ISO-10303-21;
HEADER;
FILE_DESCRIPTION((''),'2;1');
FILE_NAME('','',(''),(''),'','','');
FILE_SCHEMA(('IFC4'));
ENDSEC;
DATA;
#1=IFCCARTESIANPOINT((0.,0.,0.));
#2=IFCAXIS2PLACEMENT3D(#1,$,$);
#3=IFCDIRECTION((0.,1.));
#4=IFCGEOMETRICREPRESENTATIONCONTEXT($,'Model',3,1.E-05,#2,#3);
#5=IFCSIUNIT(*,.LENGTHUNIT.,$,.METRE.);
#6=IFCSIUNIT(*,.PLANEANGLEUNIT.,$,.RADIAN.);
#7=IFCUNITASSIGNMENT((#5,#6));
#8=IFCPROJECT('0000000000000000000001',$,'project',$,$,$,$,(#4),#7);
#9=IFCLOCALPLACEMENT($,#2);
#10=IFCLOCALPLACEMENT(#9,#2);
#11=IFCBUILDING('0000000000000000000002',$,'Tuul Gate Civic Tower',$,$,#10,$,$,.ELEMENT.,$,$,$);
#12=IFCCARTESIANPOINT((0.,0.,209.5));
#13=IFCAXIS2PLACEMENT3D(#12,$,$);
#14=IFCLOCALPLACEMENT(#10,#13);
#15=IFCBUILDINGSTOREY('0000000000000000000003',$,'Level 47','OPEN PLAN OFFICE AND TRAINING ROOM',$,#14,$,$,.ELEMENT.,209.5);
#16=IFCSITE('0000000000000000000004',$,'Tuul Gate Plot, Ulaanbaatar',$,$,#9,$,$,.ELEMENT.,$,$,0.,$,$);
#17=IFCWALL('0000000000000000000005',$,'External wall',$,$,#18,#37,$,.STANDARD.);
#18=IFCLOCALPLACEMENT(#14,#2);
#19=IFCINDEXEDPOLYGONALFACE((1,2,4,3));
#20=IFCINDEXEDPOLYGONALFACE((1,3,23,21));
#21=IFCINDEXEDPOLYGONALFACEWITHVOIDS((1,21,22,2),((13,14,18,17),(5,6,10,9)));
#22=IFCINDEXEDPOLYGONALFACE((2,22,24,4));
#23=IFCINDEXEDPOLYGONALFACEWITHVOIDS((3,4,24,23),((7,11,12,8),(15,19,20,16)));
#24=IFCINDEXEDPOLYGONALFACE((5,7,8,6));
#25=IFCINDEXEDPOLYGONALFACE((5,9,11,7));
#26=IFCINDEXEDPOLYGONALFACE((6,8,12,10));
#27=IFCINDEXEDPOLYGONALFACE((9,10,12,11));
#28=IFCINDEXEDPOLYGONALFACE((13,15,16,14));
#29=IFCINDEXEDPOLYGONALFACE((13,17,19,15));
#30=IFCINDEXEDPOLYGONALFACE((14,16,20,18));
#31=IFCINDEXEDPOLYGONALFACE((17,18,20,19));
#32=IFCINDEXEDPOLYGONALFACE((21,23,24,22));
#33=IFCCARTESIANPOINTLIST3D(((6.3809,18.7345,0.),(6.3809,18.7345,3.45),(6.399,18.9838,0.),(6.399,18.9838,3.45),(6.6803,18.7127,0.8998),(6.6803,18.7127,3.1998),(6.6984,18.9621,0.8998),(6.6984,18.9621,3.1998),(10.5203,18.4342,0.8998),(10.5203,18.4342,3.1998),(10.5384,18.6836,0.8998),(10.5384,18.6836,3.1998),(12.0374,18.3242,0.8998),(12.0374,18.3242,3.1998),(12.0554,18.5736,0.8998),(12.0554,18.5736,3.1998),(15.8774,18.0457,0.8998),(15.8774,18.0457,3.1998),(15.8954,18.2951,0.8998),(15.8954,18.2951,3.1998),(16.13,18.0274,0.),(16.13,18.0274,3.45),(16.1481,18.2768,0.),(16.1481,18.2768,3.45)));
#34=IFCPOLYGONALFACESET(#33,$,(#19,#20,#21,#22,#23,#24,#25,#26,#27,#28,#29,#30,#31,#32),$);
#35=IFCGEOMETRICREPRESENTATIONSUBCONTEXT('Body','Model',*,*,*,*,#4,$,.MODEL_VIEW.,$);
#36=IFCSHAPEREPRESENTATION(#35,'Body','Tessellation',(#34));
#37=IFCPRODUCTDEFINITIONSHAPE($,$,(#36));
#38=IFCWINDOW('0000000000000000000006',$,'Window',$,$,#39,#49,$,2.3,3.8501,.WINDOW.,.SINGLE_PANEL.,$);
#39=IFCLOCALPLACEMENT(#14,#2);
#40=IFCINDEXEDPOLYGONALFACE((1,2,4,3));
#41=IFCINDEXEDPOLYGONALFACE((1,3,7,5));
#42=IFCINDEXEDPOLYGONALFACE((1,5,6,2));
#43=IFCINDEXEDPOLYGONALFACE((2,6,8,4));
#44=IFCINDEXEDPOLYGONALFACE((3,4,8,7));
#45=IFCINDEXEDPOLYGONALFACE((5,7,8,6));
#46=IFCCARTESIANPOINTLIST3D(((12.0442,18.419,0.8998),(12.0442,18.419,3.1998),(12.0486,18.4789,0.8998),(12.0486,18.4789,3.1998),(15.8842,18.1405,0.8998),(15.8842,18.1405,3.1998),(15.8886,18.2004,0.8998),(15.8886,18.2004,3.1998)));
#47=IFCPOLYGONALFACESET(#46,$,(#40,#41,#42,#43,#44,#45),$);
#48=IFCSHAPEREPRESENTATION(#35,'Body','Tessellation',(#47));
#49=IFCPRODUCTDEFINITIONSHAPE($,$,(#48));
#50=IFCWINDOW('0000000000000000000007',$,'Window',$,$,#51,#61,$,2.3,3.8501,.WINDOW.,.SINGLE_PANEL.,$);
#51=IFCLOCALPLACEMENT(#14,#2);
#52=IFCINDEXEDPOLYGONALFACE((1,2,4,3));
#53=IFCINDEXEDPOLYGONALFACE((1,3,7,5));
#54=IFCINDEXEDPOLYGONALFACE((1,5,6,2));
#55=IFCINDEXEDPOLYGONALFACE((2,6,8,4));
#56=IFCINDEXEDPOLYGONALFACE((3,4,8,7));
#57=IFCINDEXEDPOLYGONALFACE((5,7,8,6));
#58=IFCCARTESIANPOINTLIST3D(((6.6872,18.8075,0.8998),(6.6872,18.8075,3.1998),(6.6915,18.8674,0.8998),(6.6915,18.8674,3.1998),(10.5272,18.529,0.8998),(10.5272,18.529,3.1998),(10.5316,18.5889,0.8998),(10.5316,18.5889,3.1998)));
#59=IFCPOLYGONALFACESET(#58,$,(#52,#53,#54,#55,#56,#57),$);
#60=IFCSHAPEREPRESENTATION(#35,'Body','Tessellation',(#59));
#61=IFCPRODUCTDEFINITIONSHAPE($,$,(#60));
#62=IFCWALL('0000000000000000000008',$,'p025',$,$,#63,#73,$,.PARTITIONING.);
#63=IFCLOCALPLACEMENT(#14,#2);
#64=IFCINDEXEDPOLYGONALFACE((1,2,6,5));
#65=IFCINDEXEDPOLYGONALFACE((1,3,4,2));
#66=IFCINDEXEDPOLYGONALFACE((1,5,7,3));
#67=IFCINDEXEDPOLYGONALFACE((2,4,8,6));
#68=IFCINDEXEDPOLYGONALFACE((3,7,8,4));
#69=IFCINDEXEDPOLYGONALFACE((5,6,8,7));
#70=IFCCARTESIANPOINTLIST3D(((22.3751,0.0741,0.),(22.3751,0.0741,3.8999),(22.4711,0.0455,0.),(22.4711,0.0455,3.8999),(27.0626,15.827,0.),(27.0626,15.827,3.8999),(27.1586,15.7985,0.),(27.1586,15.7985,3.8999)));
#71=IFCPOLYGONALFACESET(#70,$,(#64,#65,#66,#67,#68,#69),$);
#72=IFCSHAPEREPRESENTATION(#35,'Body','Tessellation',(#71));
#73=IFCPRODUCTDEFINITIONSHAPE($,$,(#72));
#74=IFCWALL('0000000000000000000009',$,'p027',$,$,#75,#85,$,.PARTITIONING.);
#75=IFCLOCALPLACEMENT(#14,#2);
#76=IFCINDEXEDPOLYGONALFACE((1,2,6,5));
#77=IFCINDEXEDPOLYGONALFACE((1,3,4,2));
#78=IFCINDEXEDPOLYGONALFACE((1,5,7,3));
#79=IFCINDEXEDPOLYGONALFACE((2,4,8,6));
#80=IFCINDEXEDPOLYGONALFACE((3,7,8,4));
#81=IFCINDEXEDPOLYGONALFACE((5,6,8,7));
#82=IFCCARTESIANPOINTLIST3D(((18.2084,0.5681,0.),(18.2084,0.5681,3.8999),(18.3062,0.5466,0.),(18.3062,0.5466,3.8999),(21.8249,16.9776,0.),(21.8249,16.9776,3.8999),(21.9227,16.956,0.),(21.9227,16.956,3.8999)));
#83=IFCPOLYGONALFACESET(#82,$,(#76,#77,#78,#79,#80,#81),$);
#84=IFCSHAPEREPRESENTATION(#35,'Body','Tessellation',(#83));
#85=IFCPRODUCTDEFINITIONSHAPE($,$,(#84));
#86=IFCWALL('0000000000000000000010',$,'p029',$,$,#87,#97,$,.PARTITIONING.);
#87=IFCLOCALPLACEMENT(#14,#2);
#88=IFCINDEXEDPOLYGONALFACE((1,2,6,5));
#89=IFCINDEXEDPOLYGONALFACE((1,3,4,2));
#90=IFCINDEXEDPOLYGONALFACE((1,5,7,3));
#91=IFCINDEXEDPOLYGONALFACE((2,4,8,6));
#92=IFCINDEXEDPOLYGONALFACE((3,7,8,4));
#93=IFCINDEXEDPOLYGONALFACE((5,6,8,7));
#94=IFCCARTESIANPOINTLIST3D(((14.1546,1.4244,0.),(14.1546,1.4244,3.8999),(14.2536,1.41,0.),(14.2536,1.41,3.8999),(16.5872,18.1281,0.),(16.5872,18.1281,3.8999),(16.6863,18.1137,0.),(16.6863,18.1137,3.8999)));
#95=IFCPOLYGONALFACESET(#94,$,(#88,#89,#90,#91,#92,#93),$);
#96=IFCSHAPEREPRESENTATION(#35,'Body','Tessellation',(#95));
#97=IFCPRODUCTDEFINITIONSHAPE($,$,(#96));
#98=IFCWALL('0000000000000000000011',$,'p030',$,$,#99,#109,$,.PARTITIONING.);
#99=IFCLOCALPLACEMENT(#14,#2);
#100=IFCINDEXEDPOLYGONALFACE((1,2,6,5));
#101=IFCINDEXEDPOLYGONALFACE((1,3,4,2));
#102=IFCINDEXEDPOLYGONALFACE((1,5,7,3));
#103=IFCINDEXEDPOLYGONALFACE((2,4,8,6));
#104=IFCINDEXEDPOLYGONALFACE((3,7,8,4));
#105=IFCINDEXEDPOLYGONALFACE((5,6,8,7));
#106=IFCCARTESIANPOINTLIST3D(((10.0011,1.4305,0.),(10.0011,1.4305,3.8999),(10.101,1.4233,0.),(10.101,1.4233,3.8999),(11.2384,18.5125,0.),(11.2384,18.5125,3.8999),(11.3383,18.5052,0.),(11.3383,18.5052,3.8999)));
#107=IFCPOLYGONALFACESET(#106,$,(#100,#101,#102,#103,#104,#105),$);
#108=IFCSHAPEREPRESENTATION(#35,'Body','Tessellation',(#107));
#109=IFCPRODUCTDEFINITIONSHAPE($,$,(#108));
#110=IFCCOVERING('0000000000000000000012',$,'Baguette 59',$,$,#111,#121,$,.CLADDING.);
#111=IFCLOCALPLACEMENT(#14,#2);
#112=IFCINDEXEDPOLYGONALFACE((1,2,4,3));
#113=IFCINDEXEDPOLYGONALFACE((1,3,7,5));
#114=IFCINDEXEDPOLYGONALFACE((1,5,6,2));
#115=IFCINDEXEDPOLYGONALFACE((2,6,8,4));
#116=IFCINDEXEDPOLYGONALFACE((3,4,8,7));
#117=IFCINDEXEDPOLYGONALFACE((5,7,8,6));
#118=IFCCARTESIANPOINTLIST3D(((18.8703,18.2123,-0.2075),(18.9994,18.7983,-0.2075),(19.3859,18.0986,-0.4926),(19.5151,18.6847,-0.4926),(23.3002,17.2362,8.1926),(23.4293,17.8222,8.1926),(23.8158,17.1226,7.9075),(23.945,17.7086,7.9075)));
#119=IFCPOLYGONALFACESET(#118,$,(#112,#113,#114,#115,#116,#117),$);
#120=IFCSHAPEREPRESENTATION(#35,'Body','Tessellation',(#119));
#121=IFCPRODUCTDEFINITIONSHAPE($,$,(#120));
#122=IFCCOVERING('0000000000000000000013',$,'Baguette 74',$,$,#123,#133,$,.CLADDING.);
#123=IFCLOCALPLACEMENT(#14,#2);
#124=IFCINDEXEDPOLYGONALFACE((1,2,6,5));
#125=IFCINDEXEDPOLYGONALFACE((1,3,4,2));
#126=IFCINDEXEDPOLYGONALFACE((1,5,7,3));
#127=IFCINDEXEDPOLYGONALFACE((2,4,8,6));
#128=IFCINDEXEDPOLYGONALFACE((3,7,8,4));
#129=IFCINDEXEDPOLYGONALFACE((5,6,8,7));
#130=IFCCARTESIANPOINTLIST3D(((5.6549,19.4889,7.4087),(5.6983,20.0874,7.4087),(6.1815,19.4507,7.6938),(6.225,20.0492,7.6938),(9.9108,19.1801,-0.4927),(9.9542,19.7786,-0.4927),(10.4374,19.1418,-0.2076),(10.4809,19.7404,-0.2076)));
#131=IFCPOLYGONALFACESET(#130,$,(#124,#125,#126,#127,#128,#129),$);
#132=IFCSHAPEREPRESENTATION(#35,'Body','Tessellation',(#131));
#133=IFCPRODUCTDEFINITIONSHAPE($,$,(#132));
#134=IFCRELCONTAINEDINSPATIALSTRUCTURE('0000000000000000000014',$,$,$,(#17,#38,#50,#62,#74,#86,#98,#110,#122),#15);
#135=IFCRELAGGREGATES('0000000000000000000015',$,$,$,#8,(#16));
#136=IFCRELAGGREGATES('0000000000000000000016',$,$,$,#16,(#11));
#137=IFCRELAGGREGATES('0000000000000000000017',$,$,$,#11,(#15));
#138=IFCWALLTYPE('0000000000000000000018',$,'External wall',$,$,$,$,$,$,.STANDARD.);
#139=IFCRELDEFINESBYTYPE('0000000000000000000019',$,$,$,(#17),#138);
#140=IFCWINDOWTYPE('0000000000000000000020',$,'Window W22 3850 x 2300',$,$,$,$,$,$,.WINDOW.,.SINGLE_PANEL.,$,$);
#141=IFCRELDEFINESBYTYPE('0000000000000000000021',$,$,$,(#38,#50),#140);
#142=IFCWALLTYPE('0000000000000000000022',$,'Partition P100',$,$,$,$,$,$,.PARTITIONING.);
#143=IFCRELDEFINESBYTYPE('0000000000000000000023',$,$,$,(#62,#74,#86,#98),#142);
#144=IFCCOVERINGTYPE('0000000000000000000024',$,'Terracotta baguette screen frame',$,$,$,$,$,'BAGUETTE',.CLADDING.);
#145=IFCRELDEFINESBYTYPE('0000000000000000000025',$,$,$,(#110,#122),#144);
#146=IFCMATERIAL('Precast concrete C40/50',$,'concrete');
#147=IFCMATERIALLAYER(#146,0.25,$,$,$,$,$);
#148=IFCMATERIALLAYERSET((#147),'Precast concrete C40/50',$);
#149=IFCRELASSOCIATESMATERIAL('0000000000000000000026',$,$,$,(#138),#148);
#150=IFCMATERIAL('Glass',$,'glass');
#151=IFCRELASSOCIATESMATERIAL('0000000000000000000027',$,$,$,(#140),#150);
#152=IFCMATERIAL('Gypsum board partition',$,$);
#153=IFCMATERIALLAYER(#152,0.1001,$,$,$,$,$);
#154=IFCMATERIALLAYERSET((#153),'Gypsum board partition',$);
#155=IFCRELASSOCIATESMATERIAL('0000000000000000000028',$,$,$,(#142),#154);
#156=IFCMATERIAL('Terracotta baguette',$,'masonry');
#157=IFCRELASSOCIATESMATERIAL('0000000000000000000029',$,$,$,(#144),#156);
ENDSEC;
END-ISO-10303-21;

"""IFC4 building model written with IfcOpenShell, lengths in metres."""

from ifc_helpers import new_model, si_unit, direction, frame, frame_2d, origin, origin_2d, place, context, subcontext, project, spatial, rectangle, extrude, material, layer, layer_set, material_profile, profile_set, type_object, element, fill, save


model = new_model("IFC4")

# Units and contexts
model_context = context("Model", 3, precision=1e-05, world=origin(), true_north=direction((0.0, 1.0)))
body_context = subcontext(model_context, "Body", "Model", "MODEL_VIEW")
ifc_project = project(units=[si_unit("LENGTHUNIT", "METRE"), si_unit("PLANEANGLEUNIT", "RADIAN")], contexts=[model_context])

# Site, building, storey
site_placement = place(None, origin())
site = spatial("IfcSite", under=ifc_project, at=site_placement, Name="Tuul Gate Plot, Ulaanbaatar", CompositionType="ELEMENT", RefElevation=0.0)
building_placement = place(site_placement, origin())
building = spatial("IfcBuilding", under=site, at=building_placement, Name="Tuul Gate Civic Tower", CompositionType="ELEMENT")
storey_placement = place(building_placement, frame((0.0, 0.0, 209.5)))
storey = spatial("IfcBuildingStorey", under=building, at=storey_placement, Name="Level 47", Description="OPEN PLAN OFFICE AND TRAINING ROOM", CompositionType="ELEMENT", Elevation=209.5)

# Wall, openings, windows
ifc_material_1 = material(Name="Precast concrete C40/50", Category="concrete")
ifc_layer_1 = layer(ifc_material_1, 0.25)
ifc_layer_set_1 = layer_set([ifc_layer_1], Name="Precast concrete C40/50")
wall_type_1 = type_object("IfcWallType", Name="External wall", PredefinedType="STANDARD", material=ifc_layer_set_1)
ifc_material_2 = material(Name="Glass", Category="glass")
window_type = type_object("IfcWindowType", Name="Window W22 3850 x 2300", PartitioningType="SINGLE_PANEL", PredefinedType="WINDOW", material=ifc_material_2)
wall_1_placement = place(storey_placement, frame((16.1389, 18.1521, 0.0), z_axis=(0.0, 0.0, 1.0), x_axis=(-0.997381, 0.072333, 0.0)))
wall_1 = element("IfcWall", 1, at=wall_1_placement, inside=storey, type_object=wall_type_1, Name="External wall", PredefinedType="STANDARD", context=body_context, shape_type="SweptSolid", body=[
    extrude(rectangle(XDim=9.7747, YDim=0.25, at=frame_2d((4.8872, 0.0))), origin(), (0.0, 0.0, 1.0), 3.45),
])
opening_1_placement = place(wall_1_placement, frame((0.2532, 0.0, 0.8999)))
opening_1 = element("IfcOpeningElement", 2, at=opening_1_placement, cuts=wall_1, PredefinedType="OPENING", context=body_context, shape_type="SweptSolid", body=[
    extrude(rectangle(XDim=3.8501, YDim=2.3, at=frame_2d((1.925, 1.1499))), frame((0.0, 0.135, 0.0), z_axis=(0.0, -1.0, 0.0), x_axis=(1.0, 0.0, 0.0)), (0.0, 0.0, 1.0), 0.27),
])
opening_2_placement = place(wall_1_placement, frame((5.6243, 0.0, 0.8999)))
opening_2 = element("IfcOpeningElement", 3, at=opening_2_placement, cuts=wall_1, PredefinedType="OPENING", context=body_context, shape_type="SweptSolid", body=[
    extrude(rectangle(XDim=3.8501, YDim=2.3, at=frame_2d((1.925, 1.1499))), frame((0.0, 0.135, 0.0), z_axis=(0.0, -1.0, 0.0), x_axis=(1.0, 0.0, 0.0)), (0.0, 0.0, 1.0), 0.27),
])
window_1_placement = place(opening_1_placement, origin())
window_1 = element("IfcWindow", 4, at=window_1_placement, inside=storey, type_object=window_type, Name="Window", OverallHeight=2.3, OverallWidth=3.8501, PartitioningType="SINGLE_PANEL", PredefinedType="WINDOW", context=body_context, shape_type="SweptSolid", body=[
    extrude(rectangle(XDim=3.8501, YDim=2.3, at=frame_2d((1.925, 1.1499))), frame((0.0, 0.03, 0.0), z_axis=(0.0, -1.0, 0.0), x_axis=(1.0, 0.0, 0.0)), (0.0, 0.0, 1.0), 0.0601),
])
fill(opening_1, window_1)
window_2_placement = place(opening_2_placement, origin())
window_2 = element("IfcWindow", 5, at=window_2_placement, inside=storey, type_object=window_type, Name="Window", OverallHeight=2.3, OverallWidth=3.8501, PartitioningType="SINGLE_PANEL", PredefinedType="WINDOW", context=body_context, shape_type="SweptSolid", body=[
    extrude(rectangle(XDim=3.8501, YDim=2.3, at=frame_2d((1.925, 1.1499))), frame((0.0, 0.03, 0.0), z_axis=(0.0, -1.0, 0.0), x_axis=(1.0, 0.0, 0.0)), (0.0, 0.0, 1.0), 0.0601),
])
fill(opening_2, window_2)

# Walls
ifc_material_3 = material(Name="Gypsum board partition")
ifc_layer_2 = layer(ifc_material_3, 0.1001)
ifc_layer_set_2 = layer_set([ifc_layer_2], Name="Gypsum board partition")
wall_type_2 = type_object("IfcWallType", Name="Partition P100", PredefinedType="PARTITIONING", material=ifc_layer_set_2)
wall_2_placement = place(storey_placement, frame((22.4231, 0.0598, 0.0), z_axis=(0.0, 0.0, 1.0), x_axis=(0.285205, 0.958467, 0.0)))
element("IfcWall", 6, at=wall_2_placement, inside=storey, type_object=wall_type_2, Name="p025", PredefinedType="PARTITIONING", context=body_context, shape_type="SweptSolid", body=[
    extrude(rectangle(XDim=16.4355, YDim=0.1001, at=frame_2d((8.2178, 0.0))), origin(), (0.0, 0.0, 1.0), 3.8999),
])
wall_3_placement = place(storey_placement, frame((18.2573, 0.5574, 0.0), z_axis=(0.0, 0.0, 1.0), x_axis=(0.215224, 0.976565, 0.0)))
element("IfcWall", 7, at=wall_3_placement, inside=storey, type_object=wall_type_2, Name="p027", PredefinedType="PARTITIONING", context=body_context, shape_type="SweptSolid", body=[
    extrude(rectangle(XDim=16.8032, YDim=0.1001, at=frame_2d((8.4016, 0.0))), origin(), (0.0, 0.0, 1.0), 3.8999),
])
wall_4_placement = place(storey_placement, frame((14.2041, 1.4172, 0.0), z_axis=(0.0, 0.0, 1.0), x_axis=(0.144114, 0.989561, 0.0)))
element("IfcWall", 8, at=wall_4_placement, inside=storey, type_object=wall_type_2, Name="p029", PredefinedType="PARTITIONING", context=body_context, shape_type="SweptSolid", body=[
    extrude(rectangle(XDim=16.8799, YDim=0.1001, at=frame_2d((8.4399, 0.0))), origin(), (0.0, 0.0, 1.0), 3.8999),
])
wall_5_placement = place(storey_placement, frame((10.051, 1.4268, 0.0), z_axis=(0.0, 0.0, 1.0), x_axis=(0.072244, 0.997387, 0.0)))
element("IfcWall", 9, at=wall_5_placement, inside=storey, type_object=wall_type_2, Name="p030", PredefinedType="PARTITIONING", context=body_context, shape_type="SweptSolid", body=[
    extrude(rectangle(XDim=17.1267, YDim=0.1001, at=frame_2d((8.5635, 0.0))), origin(), (0.0, 0.0, 1.0), 3.8999),
])

# Coverings
ifc_material_4 = material(Name="Terracotta baguette", Category="masonry")
ifc_material_profile_1 = material_profile(ifc_material_4, rectangle(XDim=0.6001, YDim=0.6001, at=origin_2d()), Name="Terracotta baguette screen frame")
ifc_profile_set_1 = profile_set([ifc_material_profile_1], Name="Terracotta baguette")
covering_type = type_object("IfcCoveringType", Name="Terracotta baguette screen frame", ElementType="BAGUETTE", PredefinedType="CLADDING", material=ifc_profile_set_1)
covering_1_placement = place(storey_placement, frame((23.6226, 17.4724, 8.05), z_axis=(-0.464028, 0.102242, -0.879901), x_axis=(-0.215175, -0.976576, 0.0)))
element("IfcCovering", 10, at=covering_1_placement, inside=storey, type_object=covering_type, Name="Baguette 59", PredefinedType="CLADDING", context=body_context, shape_type="SweptSolid", body=[
    extrude(rectangle(XDim=0.6001, YDim=0.6001, at=origin_2d()), origin(), (0.0, 0.0, 1.0), 9.5466),
])
covering_2_placement = place(storey_placement, frame((5.9399, 19.769, 7.5513), z_axis=(0.47393, -0.034392, -0.879891), x_axis=(0.072377, 0.997377, 0.0)))
element("IfcCovering", 11, at=covering_2_placement, inside=storey, type_object=covering_type, Name="Baguette 74", PredefinedType="CLADDING", context=body_context, shape_type="SweptSolid", body=[
    extrude(rectangle(XDim=0.6001, YDim=0.6001, at=origin_2d()), origin(), (0.0, 0.0, 1.0), 8.98),
])

save(model, "model.ifc")
